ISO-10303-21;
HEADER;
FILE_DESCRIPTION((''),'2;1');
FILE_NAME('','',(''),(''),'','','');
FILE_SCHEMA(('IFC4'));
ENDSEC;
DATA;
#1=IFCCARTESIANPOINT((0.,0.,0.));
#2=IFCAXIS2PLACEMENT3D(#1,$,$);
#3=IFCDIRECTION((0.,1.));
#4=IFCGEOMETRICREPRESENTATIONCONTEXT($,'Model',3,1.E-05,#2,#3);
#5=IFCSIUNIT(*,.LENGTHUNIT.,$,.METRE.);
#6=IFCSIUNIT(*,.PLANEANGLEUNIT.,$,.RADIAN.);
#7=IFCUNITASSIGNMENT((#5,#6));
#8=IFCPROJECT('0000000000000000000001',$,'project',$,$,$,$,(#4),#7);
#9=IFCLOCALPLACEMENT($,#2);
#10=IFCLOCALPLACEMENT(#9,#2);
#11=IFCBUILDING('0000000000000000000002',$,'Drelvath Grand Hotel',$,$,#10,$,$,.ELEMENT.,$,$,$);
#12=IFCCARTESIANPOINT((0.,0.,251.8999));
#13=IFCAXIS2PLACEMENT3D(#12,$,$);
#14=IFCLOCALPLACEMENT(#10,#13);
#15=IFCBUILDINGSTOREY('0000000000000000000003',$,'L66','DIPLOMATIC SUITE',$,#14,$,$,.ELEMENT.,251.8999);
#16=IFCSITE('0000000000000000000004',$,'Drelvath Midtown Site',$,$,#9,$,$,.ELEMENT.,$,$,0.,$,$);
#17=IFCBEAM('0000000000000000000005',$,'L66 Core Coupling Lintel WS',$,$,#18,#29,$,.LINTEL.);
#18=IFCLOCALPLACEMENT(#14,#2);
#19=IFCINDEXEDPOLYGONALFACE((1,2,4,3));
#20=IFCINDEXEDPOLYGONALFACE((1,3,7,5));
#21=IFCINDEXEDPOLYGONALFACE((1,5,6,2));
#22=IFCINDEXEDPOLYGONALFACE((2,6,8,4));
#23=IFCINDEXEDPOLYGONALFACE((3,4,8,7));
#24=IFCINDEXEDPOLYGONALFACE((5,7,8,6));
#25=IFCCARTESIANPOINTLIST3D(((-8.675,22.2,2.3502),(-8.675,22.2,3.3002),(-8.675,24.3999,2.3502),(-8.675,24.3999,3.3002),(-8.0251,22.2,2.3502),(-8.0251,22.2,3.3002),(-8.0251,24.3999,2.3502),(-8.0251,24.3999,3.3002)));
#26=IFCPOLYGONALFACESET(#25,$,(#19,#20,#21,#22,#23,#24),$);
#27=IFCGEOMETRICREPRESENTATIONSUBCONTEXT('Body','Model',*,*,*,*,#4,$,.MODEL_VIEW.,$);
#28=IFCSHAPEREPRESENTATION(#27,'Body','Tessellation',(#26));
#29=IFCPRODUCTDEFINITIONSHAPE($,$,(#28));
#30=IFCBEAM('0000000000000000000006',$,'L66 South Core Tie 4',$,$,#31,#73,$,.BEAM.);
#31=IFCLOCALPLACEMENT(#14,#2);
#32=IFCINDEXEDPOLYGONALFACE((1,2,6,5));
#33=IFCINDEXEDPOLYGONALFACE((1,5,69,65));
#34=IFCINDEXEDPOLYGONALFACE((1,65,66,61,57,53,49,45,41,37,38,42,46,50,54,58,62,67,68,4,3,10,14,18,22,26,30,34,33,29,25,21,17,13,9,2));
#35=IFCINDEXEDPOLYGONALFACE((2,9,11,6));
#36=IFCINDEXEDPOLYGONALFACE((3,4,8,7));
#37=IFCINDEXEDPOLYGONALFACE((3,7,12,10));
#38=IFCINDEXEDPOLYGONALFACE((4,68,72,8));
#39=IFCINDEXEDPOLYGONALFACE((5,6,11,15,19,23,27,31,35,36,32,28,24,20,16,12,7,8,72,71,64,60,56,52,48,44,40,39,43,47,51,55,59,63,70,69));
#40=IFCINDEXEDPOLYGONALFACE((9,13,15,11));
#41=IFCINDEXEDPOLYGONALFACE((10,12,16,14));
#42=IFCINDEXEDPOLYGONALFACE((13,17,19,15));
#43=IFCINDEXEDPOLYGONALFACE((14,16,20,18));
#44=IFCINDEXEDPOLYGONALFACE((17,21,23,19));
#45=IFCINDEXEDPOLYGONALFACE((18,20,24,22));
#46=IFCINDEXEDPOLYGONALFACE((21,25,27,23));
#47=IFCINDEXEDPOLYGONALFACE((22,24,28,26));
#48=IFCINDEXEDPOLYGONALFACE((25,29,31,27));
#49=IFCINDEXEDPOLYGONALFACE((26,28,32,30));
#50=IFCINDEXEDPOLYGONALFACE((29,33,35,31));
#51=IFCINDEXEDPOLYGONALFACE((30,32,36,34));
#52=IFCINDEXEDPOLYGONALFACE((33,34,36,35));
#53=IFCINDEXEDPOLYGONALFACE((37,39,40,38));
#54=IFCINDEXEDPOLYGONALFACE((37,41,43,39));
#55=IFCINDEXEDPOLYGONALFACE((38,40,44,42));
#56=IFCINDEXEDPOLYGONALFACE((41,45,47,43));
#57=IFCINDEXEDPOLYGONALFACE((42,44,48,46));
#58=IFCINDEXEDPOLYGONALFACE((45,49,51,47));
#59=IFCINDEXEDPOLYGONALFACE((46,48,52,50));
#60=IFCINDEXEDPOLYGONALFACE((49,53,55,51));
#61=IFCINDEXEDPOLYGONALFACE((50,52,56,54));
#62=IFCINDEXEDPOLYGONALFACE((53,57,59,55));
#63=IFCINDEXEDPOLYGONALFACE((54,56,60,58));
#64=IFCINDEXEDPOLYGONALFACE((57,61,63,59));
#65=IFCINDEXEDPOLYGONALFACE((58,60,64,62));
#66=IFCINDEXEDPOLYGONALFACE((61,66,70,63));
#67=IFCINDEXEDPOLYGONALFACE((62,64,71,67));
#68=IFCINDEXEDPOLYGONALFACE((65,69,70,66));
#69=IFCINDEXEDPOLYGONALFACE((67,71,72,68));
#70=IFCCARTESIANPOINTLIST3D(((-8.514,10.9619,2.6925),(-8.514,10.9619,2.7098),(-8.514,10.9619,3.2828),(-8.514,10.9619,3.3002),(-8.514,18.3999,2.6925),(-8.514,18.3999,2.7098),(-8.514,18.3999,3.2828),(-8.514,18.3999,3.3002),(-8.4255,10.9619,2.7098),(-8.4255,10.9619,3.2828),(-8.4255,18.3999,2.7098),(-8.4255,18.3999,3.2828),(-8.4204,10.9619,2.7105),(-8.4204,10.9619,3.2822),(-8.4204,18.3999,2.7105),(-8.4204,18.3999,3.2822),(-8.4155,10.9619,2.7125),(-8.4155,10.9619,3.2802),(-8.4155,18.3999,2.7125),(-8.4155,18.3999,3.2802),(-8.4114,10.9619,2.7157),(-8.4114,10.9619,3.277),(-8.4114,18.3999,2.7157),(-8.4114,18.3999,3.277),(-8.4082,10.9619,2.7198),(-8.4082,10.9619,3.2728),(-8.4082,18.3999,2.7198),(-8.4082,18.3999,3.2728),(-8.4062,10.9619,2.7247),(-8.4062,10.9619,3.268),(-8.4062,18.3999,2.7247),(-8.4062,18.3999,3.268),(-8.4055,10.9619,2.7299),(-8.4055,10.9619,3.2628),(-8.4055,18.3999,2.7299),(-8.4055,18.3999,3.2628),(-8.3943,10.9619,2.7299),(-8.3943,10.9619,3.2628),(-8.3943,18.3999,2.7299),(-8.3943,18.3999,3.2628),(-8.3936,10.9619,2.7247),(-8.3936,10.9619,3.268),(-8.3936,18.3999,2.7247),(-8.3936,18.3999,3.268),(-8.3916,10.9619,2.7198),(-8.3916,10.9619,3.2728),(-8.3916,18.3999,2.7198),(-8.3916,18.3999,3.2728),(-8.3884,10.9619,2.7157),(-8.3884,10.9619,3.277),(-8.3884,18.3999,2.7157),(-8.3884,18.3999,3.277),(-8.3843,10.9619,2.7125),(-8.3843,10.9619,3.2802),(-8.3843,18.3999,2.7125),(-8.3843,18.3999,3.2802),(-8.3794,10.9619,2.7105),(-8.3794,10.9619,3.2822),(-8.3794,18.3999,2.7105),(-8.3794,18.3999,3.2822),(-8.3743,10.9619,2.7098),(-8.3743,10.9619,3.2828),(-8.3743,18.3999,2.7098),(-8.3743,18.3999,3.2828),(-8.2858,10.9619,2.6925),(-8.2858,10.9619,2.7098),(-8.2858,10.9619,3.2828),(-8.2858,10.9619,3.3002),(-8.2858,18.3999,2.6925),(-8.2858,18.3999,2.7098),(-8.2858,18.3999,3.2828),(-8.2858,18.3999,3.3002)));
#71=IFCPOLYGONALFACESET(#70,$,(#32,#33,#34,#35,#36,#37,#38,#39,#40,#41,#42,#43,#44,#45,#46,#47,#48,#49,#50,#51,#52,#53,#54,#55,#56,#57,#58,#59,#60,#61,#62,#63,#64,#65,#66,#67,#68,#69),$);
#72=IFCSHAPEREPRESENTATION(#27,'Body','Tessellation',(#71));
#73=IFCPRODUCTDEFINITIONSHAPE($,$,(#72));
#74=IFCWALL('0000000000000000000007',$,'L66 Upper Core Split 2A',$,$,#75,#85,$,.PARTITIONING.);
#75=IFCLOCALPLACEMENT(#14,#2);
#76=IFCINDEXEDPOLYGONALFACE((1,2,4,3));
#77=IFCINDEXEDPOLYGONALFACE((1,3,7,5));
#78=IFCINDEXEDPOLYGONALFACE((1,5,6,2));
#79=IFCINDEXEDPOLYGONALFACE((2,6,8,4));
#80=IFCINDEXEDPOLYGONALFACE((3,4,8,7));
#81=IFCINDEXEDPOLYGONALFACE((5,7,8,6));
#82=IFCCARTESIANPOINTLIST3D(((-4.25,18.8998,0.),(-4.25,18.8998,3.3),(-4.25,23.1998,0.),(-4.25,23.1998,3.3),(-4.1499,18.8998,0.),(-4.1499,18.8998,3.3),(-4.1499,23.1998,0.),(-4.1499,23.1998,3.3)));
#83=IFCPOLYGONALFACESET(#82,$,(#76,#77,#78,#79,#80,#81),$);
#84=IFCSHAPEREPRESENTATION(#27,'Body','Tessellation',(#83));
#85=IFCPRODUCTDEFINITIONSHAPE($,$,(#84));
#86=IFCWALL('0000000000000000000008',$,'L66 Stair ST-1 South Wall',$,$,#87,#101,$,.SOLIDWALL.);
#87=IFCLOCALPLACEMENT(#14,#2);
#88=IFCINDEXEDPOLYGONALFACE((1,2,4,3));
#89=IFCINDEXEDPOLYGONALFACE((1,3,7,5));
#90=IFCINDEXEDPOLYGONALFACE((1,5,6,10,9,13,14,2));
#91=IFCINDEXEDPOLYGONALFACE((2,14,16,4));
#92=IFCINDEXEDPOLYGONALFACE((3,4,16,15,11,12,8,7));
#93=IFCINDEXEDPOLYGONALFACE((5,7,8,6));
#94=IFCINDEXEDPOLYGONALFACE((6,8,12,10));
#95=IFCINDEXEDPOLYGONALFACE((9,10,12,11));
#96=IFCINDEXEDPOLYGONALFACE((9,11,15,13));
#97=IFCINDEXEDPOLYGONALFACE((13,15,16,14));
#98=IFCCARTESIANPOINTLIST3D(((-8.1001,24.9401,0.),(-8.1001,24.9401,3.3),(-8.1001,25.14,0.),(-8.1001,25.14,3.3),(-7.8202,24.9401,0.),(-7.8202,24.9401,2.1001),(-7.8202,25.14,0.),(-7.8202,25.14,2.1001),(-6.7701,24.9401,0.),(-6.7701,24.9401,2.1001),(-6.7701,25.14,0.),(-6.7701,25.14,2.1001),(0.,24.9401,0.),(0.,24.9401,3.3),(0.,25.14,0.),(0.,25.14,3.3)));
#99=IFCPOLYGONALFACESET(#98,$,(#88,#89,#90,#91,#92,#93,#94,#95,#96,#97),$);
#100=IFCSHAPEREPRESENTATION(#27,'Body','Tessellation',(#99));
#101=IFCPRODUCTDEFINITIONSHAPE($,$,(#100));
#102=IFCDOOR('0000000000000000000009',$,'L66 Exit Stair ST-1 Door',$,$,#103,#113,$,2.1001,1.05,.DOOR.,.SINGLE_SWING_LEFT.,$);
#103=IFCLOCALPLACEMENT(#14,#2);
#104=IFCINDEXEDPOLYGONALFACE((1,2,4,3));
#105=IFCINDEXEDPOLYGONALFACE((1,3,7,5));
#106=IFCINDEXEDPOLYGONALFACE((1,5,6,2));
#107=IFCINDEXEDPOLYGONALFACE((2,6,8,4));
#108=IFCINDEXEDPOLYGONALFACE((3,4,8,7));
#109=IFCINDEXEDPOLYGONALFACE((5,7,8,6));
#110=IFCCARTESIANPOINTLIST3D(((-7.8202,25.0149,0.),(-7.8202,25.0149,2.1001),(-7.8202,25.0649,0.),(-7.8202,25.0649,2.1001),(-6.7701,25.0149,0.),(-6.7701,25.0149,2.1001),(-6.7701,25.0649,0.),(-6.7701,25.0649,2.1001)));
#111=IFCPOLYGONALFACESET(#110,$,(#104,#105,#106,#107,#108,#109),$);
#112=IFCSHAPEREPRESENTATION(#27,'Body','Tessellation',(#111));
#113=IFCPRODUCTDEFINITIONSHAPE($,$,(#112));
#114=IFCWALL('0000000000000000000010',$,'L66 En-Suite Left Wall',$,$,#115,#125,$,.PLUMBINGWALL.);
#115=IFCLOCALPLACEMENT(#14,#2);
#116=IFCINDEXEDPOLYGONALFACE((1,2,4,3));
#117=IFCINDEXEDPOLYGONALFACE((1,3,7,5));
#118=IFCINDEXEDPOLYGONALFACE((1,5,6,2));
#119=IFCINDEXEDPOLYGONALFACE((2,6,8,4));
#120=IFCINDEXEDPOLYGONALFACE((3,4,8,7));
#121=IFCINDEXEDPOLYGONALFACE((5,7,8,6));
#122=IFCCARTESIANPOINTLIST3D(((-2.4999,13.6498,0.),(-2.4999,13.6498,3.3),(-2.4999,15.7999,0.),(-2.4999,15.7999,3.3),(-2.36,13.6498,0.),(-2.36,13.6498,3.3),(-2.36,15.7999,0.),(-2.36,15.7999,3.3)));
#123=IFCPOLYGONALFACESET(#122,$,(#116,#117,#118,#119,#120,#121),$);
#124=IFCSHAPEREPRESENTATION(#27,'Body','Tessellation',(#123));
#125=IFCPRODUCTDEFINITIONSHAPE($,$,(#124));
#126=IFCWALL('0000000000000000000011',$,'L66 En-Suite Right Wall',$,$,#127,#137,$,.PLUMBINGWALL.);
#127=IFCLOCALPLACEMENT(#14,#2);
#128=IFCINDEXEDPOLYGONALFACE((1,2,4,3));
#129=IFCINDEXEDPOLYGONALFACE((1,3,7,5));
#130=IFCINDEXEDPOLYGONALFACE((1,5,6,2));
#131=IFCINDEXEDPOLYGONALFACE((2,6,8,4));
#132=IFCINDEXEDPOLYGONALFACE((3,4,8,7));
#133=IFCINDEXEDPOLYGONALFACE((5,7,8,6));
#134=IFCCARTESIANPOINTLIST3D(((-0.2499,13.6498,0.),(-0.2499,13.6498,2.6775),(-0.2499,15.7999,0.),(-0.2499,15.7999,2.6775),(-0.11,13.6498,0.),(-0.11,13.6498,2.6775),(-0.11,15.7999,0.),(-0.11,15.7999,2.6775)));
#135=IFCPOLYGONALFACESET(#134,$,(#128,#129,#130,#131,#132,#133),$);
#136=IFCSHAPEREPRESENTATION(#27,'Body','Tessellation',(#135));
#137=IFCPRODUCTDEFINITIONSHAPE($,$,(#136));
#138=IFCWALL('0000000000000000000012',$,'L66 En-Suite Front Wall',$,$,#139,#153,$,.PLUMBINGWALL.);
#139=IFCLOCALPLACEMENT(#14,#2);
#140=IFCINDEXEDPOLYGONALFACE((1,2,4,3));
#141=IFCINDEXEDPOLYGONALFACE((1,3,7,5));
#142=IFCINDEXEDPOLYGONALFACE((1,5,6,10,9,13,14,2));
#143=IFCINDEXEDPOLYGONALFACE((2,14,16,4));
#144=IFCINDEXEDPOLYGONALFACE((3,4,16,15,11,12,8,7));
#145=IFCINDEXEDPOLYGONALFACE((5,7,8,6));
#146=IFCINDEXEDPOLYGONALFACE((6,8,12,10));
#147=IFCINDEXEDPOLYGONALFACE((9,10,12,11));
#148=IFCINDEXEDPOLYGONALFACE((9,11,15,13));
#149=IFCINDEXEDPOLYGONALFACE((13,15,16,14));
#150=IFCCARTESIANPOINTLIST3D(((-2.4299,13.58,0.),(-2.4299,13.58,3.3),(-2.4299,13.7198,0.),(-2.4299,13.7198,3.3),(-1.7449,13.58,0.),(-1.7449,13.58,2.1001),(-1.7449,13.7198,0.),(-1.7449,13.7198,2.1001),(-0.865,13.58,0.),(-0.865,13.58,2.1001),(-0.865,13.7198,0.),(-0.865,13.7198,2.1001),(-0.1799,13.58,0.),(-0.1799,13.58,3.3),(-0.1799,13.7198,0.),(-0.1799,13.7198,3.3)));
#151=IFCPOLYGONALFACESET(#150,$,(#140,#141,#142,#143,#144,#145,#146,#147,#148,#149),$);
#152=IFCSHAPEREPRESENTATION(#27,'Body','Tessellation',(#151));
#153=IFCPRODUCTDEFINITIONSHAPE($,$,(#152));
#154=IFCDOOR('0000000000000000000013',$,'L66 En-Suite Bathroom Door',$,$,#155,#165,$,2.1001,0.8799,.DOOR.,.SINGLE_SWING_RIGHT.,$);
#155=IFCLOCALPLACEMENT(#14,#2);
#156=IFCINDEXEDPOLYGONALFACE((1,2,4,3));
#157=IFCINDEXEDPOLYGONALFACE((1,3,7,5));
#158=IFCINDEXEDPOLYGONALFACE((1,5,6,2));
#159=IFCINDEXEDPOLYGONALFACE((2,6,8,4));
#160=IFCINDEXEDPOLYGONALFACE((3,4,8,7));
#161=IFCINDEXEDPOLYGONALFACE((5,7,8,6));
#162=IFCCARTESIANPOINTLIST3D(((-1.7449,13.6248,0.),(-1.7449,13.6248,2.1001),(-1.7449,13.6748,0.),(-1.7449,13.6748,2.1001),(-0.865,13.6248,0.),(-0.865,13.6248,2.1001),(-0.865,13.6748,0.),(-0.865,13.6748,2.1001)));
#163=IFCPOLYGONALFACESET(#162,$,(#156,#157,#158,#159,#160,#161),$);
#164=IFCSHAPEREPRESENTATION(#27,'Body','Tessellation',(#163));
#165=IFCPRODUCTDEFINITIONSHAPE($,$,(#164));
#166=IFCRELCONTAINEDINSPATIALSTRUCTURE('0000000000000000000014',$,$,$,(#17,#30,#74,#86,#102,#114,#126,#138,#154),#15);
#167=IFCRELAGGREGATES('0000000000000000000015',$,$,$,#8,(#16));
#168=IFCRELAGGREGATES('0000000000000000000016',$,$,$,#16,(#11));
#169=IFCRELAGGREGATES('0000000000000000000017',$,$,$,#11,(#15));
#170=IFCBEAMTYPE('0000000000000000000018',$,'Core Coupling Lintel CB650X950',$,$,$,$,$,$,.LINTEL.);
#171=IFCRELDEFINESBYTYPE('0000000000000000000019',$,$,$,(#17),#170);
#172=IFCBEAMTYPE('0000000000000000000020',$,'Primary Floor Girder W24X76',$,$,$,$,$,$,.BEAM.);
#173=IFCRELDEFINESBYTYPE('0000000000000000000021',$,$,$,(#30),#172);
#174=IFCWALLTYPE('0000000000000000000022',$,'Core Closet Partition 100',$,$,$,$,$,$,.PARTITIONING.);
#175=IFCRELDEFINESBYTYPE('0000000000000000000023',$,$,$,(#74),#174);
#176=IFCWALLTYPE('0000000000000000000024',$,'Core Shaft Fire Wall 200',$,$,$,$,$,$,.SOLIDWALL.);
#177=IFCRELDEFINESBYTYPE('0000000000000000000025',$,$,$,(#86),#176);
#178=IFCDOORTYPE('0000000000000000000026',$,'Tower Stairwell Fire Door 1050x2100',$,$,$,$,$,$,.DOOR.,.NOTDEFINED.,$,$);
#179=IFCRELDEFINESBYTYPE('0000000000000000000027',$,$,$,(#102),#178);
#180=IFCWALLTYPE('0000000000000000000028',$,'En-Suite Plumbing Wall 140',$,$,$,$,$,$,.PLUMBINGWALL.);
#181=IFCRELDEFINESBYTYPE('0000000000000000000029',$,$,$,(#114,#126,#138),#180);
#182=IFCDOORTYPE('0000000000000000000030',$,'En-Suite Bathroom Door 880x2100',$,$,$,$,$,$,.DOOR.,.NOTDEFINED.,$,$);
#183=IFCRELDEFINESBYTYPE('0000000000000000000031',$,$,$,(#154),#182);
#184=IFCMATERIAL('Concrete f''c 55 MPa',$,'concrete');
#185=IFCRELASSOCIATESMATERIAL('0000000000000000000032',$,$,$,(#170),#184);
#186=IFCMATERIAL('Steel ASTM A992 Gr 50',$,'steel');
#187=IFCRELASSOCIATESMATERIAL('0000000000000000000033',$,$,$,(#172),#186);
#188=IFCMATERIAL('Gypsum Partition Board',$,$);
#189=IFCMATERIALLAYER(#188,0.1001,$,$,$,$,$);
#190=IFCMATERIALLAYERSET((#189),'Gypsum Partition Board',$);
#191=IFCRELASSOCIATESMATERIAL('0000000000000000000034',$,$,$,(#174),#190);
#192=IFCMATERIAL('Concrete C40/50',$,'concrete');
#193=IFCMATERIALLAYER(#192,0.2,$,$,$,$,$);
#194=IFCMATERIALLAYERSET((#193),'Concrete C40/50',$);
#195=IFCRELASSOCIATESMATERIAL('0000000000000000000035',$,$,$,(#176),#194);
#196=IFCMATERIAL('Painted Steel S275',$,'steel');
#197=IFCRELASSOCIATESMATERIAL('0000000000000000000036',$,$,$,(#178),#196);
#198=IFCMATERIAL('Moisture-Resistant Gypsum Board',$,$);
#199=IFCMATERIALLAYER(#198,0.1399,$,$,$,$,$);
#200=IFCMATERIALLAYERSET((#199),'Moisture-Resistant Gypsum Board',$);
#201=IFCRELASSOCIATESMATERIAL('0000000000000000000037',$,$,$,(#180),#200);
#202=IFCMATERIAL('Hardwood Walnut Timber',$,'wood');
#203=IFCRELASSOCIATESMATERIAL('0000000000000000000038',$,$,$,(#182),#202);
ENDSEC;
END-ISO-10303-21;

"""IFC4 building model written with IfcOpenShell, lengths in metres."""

from ifc_helpers import new_model, si_unit, direction, frame, frame_2d, origin, origin_2d, place, context, subcontext, project, spatial, rectangle, i_section, extrude, material, layer, layer_set, material_profile, profile_set, type_object, element, fill, save


model = new_model("IFC4")

# Units and contexts
model_context = context("Model", 3, precision=1e-05, world=origin(), true_north=direction((0.0, 1.0)))
body_context = subcontext(model_context, "Body", "Model", "MODEL_VIEW")
ifc_project = project(units=[si_unit("LENGTHUNIT", "METRE"), si_unit("PLANEANGLEUNIT", "RADIAN")], contexts=[model_context])

# Site, building, storey
site_placement = place(None, origin())
site = spatial("IfcSite", under=ifc_project, at=site_placement, Name="Drelvath Midtown Site", CompositionType="ELEMENT", RefElevation=0.0)
building_placement = place(site_placement, origin())
building = spatial("IfcBuilding", under=site, at=building_placement, Name="Drelvath Grand Hotel", CompositionType="ELEMENT")
storey_placement = place(building_placement, frame((0.0, 0.0, 251.8999)))
storey = spatial("IfcBuildingStorey", under=building, at=storey_placement, Name="L66", Description="DIPLOMATIC SUITE", CompositionType="ELEMENT", Elevation=251.8999)

# Beams
ifc_material_1 = material(Name="Concrete f'c 55 MPa", Category="concrete")
ifc_material_profile_1 = material_profile(ifc_material_1, rectangle(XDim=0.6499, YDim=0.95, at=origin_2d()), Name="CB650X950")
ifc_profile_set_1 = profile_set([ifc_material_profile_1], Name="Concrete f'c 55 MPa")
beam_type_1 = type_object("IfcBeamType", Name="Core Coupling Lintel CB650X950", PredefinedType="LINTEL", material=ifc_profile_set_1)
beam_1_placement = place(storey_placement, frame((-8.3501, 22.2, 2.8252), z_axis=(0.0, 1.0, 0.0), x_axis=(-1.0, 0.0, 0.0)))
element("IfcBeam", 1, at=beam_1_placement, inside=storey, type_object=beam_type_1, Name="L66 Core Coupling Lintel WS", PredefinedType="LINTEL", context=body_context, shape_type="SweptSolid", body=[
    extrude(rectangle(XDim=0.6499, YDim=0.95, at=origin_2d()), origin(), (0.0, 0.0, 1.0), 2.2),
])
ifc_material_2 = material(Name="Steel ASTM A992 Gr 50", Category="steel")
ifc_material_profile_2 = material_profile(ifc_material_2, i_section(OverallWidth=0.2283, OverallDepth=0.6077, WebThickness=0.0112, FlangeThickness=0.0173, FilletRadius=0.02, at=origin_2d()), Name="W24X76")
ifc_profile_set_2 = profile_set([ifc_material_profile_2], Name="Steel ASTM A992 Gr 50")
beam_type_2 = type_object("IfcBeamType", Name="Primary Floor Girder W24X76", PredefinedType="BEAM", material=ifc_profile_set_2)
beam_2_placement = place(storey_placement, frame((-8.3999, 10.9619, 2.9963), z_axis=(0.0, 1.0, 0.0), x_axis=(-1.0, 0.0, 0.0)))
element("IfcBeam", 2, at=beam_2_placement, inside=storey, type_object=beam_type_2, Name="L66 South Core Tie 4", PredefinedType="BEAM", context=body_context, shape_type="SweptSolid", body=[
    extrude(i_section(OverallWidth=0.2283, OverallDepth=0.6077, WebThickness=0.0112, FlangeThickness=0.0173, FilletRadius=0.02, at=origin_2d()), origin(), (0.0, 0.0, 1.0), 7.438),
])

# Wall
ifc_material_3 = material(Name="Gypsum Partition Board")
ifc_layer_1 = layer(ifc_material_3, 0.1001)
ifc_layer_set_1 = layer_set([ifc_layer_1], Name="Gypsum Partition Board")
wall_type_1 = type_object("IfcWallType", Name="Core Closet Partition 100", PredefinedType="PARTITIONING", material=ifc_layer_set_1)
wall_1_placement = place(storey_placement, frame((-4.2, 18.8999, 0.0), z_axis=(0.0, 0.0, 1.0), x_axis=(0.0, 1.0, 0.0)))
element("IfcWall", 3, at=wall_1_placement, inside=storey, type_object=wall_type_1, Name="L66 Upper Core Split 2A", PredefinedType="PARTITIONING", context=body_context, shape_type="SweptSolid", body=[
    extrude(rectangle(XDim=4.3, YDim=0.1001, at=frame_2d((2.1499, 0.0))), origin(), (0.0, 0.0, 1.0), 3.3),
])

# Wall, opening, door
ifc_material_4 = material(Name="Concrete C40/50", Category="concrete")
ifc_layer_2 = layer(ifc_material_4, 0.2)
ifc_layer_set_2 = layer_set([ifc_layer_2], Name="Concrete C40/50")
wall_type_2 = type_object("IfcWallType", Name="Core Shaft Fire Wall 200", PredefinedType="SOLIDWALL", material=ifc_layer_set_2)
wall_2_placement = place(storey_placement, frame((-8.1001, 25.04, 0.0), z_axis=(0.0, 0.0, 1.0), x_axis=(1.0, 0.0, 0.0)))
wall_2 = element("IfcWall", 4, at=wall_2_placement, inside=storey, type_object=wall_type_2, Name="L66 Stair ST-1 South Wall", PredefinedType="SOLIDWALL", context=body_context, shape_type="SweptSolid", body=[
    extrude(rectangle(XDim=8.1001, YDim=0.2, at=frame_2d((4.05, 0.0))), origin(), (0.0, 0.0, 1.0), 3.3),
])
opening_1_placement = place(wall_2_placement, frame((0.28, 0.0, 0.0)))
opening_1 = element("IfcOpeningElement", 5, at=opening_1_placement, cuts=wall_2, PredefinedType="OPENING", context=body_context, shape_type="SweptSolid", body=[
    extrude(rectangle(XDim=1.05, YDim=2.1001, at=frame_2d((0.5249, 1.05))), frame((0.0, 0.1099, 0.0), z_axis=(0.0, -1.0, 0.0), x_axis=(1.0, 0.0, 0.0)), (0.0, 0.0, 1.0), 0.22),
])
ifc_material_5 = material(Name="Painted Steel S275", Category="steel")
door_type_1 = type_object("IfcDoorType", Name="Tower Stairwell Fire Door 1050x2100", OperationType="NOTDEFINED", PredefinedType="DOOR", material=ifc_material_5)
door_1_placement = place(opening_1_placement, origin())
door_1 = element("IfcDoor", 6, at=door_1_placement, inside=storey, type_object=door_type_1, Name="L66 Exit Stair ST-1 Door", OperationType="SINGLE_SWING_LEFT", OverallHeight=2.1001, OverallWidth=1.05, PredefinedType="DOOR", context=body_context, shape_type="SweptSolid", body=[
    extrude(rectangle(XDim=1.05, YDim=2.1001, at=frame_2d((0.5249, 1.05))), frame((0.0, 0.0249, 0.0), z_axis=(0.0, -1.0, 0.0), x_axis=(1.0, 0.0, 0.0)), (0.0, 0.0, 1.0), 0.05),
])
fill(opening_1, door_1)

# Walls
ifc_material_6 = material(Name="Moisture-Resistant Gypsum Board")
ifc_layer_3 = layer(ifc_material_6, 0.1399)
ifc_layer_set_3 = layer_set([ifc_layer_3], Name="Moisture-Resistant Gypsum Board")
wall_type_3 = type_object("IfcWallType", Name="En-Suite Plumbing Wall 140", PredefinedType="PLUMBINGWALL", material=ifc_layer_set_3)
wall_3_placement = place(storey_placement, frame((-2.4299, 15.8, 0.0), z_axis=(0.0, 0.0, 1.0), x_axis=(0.0, -1.0, 0.0)))
element("IfcWall", 7, at=wall_3_placement, inside=storey, type_object=wall_type_3, Name="L66 En-Suite Left Wall", PredefinedType="PLUMBINGWALL", context=body_context, shape_type="SweptSolid", body=[
    extrude(rectangle(XDim=2.1501, YDim=0.1399, at=frame_2d((1.0752, 0.0))), origin(), (0.0, 0.0, 1.0), 3.3),
])
wall_4_placement = place(storey_placement, frame((-0.1799, 15.8, 0.0), z_axis=(0.0, 0.0, 1.0), x_axis=(0.0, -1.0, 0.0)))
element("IfcWall", 8, at=wall_4_placement, inside=storey, type_object=wall_type_3, Name="L66 En-Suite Right Wall", PredefinedType="PLUMBINGWALL", context=body_context, shape_type="SweptSolid", body=[
    extrude(rectangle(XDim=2.1501, YDim=0.1399, at=frame_2d((1.0752, 0.0))), origin(), (0.0, 0.0, 1.0), 2.6775),
])

# Wall, opening, door
wall_5_placement = place(storey_placement, frame((-2.4299, 13.6499, 0.0), z_axis=(0.0, 0.0, 1.0), x_axis=(1.0, 0.0, 0.0)))
wall_5 = element("IfcWall", 9, at=wall_5_placement, inside=storey, type_object=wall_type_3, Name="L66 En-Suite Front Wall", PredefinedType="PLUMBINGWALL", context=body_context, shape_type="SweptSolid", body=[
    extrude(rectangle(XDim=2.25, YDim=0.1399, at=frame_2d((1.125, 0.0))), origin(), (0.0, 0.0, 1.0), 3.3),
])
opening_2_placement = place(wall_5_placement, frame((0.6851, 0.0, 0.0)))
opening_2 = element("IfcOpeningElement", 10, at=opening_2_placement, cuts=wall_5, PredefinedType="OPENING", context=body_context, shape_type="SweptSolid", body=[
    extrude(rectangle(XDim=0.8799, YDim=2.1001, at=frame_2d((0.4399, 1.05))), frame((0.0, 0.0798, 0.0), z_axis=(0.0, -1.0, 0.0), x_axis=(1.0, 0.0, 0.0)), (0.0, 0.0, 1.0), 0.1599),
])
ifc_material_7 = material(Name="Hardwood Walnut Timber", Category="wood")
door_type_2 = type_object("IfcDoorType", Name="En-Suite Bathroom Door 880x2100", OperationType="NOTDEFINED", PredefinedType="DOOR", material=ifc_material_7)
door_2_placement = place(opening_2_placement, origin())
door_2 = element("IfcDoor", 11, at=door_2_placement, inside=storey, type_object=door_type_2, Name="L66 En-Suite Bathroom Door", OperationType="SINGLE_SWING_RIGHT", OverallHeight=2.1001, OverallWidth=0.8799, PredefinedType="DOOR", context=body_context, shape_type="SweptSolid", body=[
    extrude(rectangle(XDim=0.8799, YDim=2.1001, at=frame_2d((0.4399, 1.05))), frame((0.0, 0.0249, 0.0), z_axis=(0.0, -1.0, 0.0), x_axis=(1.0, 0.0, 0.0)), (0.0, 0.0, 1.0), 0.05),
])
fill(opening_2, door_2)

save(model, "model.ifc")
